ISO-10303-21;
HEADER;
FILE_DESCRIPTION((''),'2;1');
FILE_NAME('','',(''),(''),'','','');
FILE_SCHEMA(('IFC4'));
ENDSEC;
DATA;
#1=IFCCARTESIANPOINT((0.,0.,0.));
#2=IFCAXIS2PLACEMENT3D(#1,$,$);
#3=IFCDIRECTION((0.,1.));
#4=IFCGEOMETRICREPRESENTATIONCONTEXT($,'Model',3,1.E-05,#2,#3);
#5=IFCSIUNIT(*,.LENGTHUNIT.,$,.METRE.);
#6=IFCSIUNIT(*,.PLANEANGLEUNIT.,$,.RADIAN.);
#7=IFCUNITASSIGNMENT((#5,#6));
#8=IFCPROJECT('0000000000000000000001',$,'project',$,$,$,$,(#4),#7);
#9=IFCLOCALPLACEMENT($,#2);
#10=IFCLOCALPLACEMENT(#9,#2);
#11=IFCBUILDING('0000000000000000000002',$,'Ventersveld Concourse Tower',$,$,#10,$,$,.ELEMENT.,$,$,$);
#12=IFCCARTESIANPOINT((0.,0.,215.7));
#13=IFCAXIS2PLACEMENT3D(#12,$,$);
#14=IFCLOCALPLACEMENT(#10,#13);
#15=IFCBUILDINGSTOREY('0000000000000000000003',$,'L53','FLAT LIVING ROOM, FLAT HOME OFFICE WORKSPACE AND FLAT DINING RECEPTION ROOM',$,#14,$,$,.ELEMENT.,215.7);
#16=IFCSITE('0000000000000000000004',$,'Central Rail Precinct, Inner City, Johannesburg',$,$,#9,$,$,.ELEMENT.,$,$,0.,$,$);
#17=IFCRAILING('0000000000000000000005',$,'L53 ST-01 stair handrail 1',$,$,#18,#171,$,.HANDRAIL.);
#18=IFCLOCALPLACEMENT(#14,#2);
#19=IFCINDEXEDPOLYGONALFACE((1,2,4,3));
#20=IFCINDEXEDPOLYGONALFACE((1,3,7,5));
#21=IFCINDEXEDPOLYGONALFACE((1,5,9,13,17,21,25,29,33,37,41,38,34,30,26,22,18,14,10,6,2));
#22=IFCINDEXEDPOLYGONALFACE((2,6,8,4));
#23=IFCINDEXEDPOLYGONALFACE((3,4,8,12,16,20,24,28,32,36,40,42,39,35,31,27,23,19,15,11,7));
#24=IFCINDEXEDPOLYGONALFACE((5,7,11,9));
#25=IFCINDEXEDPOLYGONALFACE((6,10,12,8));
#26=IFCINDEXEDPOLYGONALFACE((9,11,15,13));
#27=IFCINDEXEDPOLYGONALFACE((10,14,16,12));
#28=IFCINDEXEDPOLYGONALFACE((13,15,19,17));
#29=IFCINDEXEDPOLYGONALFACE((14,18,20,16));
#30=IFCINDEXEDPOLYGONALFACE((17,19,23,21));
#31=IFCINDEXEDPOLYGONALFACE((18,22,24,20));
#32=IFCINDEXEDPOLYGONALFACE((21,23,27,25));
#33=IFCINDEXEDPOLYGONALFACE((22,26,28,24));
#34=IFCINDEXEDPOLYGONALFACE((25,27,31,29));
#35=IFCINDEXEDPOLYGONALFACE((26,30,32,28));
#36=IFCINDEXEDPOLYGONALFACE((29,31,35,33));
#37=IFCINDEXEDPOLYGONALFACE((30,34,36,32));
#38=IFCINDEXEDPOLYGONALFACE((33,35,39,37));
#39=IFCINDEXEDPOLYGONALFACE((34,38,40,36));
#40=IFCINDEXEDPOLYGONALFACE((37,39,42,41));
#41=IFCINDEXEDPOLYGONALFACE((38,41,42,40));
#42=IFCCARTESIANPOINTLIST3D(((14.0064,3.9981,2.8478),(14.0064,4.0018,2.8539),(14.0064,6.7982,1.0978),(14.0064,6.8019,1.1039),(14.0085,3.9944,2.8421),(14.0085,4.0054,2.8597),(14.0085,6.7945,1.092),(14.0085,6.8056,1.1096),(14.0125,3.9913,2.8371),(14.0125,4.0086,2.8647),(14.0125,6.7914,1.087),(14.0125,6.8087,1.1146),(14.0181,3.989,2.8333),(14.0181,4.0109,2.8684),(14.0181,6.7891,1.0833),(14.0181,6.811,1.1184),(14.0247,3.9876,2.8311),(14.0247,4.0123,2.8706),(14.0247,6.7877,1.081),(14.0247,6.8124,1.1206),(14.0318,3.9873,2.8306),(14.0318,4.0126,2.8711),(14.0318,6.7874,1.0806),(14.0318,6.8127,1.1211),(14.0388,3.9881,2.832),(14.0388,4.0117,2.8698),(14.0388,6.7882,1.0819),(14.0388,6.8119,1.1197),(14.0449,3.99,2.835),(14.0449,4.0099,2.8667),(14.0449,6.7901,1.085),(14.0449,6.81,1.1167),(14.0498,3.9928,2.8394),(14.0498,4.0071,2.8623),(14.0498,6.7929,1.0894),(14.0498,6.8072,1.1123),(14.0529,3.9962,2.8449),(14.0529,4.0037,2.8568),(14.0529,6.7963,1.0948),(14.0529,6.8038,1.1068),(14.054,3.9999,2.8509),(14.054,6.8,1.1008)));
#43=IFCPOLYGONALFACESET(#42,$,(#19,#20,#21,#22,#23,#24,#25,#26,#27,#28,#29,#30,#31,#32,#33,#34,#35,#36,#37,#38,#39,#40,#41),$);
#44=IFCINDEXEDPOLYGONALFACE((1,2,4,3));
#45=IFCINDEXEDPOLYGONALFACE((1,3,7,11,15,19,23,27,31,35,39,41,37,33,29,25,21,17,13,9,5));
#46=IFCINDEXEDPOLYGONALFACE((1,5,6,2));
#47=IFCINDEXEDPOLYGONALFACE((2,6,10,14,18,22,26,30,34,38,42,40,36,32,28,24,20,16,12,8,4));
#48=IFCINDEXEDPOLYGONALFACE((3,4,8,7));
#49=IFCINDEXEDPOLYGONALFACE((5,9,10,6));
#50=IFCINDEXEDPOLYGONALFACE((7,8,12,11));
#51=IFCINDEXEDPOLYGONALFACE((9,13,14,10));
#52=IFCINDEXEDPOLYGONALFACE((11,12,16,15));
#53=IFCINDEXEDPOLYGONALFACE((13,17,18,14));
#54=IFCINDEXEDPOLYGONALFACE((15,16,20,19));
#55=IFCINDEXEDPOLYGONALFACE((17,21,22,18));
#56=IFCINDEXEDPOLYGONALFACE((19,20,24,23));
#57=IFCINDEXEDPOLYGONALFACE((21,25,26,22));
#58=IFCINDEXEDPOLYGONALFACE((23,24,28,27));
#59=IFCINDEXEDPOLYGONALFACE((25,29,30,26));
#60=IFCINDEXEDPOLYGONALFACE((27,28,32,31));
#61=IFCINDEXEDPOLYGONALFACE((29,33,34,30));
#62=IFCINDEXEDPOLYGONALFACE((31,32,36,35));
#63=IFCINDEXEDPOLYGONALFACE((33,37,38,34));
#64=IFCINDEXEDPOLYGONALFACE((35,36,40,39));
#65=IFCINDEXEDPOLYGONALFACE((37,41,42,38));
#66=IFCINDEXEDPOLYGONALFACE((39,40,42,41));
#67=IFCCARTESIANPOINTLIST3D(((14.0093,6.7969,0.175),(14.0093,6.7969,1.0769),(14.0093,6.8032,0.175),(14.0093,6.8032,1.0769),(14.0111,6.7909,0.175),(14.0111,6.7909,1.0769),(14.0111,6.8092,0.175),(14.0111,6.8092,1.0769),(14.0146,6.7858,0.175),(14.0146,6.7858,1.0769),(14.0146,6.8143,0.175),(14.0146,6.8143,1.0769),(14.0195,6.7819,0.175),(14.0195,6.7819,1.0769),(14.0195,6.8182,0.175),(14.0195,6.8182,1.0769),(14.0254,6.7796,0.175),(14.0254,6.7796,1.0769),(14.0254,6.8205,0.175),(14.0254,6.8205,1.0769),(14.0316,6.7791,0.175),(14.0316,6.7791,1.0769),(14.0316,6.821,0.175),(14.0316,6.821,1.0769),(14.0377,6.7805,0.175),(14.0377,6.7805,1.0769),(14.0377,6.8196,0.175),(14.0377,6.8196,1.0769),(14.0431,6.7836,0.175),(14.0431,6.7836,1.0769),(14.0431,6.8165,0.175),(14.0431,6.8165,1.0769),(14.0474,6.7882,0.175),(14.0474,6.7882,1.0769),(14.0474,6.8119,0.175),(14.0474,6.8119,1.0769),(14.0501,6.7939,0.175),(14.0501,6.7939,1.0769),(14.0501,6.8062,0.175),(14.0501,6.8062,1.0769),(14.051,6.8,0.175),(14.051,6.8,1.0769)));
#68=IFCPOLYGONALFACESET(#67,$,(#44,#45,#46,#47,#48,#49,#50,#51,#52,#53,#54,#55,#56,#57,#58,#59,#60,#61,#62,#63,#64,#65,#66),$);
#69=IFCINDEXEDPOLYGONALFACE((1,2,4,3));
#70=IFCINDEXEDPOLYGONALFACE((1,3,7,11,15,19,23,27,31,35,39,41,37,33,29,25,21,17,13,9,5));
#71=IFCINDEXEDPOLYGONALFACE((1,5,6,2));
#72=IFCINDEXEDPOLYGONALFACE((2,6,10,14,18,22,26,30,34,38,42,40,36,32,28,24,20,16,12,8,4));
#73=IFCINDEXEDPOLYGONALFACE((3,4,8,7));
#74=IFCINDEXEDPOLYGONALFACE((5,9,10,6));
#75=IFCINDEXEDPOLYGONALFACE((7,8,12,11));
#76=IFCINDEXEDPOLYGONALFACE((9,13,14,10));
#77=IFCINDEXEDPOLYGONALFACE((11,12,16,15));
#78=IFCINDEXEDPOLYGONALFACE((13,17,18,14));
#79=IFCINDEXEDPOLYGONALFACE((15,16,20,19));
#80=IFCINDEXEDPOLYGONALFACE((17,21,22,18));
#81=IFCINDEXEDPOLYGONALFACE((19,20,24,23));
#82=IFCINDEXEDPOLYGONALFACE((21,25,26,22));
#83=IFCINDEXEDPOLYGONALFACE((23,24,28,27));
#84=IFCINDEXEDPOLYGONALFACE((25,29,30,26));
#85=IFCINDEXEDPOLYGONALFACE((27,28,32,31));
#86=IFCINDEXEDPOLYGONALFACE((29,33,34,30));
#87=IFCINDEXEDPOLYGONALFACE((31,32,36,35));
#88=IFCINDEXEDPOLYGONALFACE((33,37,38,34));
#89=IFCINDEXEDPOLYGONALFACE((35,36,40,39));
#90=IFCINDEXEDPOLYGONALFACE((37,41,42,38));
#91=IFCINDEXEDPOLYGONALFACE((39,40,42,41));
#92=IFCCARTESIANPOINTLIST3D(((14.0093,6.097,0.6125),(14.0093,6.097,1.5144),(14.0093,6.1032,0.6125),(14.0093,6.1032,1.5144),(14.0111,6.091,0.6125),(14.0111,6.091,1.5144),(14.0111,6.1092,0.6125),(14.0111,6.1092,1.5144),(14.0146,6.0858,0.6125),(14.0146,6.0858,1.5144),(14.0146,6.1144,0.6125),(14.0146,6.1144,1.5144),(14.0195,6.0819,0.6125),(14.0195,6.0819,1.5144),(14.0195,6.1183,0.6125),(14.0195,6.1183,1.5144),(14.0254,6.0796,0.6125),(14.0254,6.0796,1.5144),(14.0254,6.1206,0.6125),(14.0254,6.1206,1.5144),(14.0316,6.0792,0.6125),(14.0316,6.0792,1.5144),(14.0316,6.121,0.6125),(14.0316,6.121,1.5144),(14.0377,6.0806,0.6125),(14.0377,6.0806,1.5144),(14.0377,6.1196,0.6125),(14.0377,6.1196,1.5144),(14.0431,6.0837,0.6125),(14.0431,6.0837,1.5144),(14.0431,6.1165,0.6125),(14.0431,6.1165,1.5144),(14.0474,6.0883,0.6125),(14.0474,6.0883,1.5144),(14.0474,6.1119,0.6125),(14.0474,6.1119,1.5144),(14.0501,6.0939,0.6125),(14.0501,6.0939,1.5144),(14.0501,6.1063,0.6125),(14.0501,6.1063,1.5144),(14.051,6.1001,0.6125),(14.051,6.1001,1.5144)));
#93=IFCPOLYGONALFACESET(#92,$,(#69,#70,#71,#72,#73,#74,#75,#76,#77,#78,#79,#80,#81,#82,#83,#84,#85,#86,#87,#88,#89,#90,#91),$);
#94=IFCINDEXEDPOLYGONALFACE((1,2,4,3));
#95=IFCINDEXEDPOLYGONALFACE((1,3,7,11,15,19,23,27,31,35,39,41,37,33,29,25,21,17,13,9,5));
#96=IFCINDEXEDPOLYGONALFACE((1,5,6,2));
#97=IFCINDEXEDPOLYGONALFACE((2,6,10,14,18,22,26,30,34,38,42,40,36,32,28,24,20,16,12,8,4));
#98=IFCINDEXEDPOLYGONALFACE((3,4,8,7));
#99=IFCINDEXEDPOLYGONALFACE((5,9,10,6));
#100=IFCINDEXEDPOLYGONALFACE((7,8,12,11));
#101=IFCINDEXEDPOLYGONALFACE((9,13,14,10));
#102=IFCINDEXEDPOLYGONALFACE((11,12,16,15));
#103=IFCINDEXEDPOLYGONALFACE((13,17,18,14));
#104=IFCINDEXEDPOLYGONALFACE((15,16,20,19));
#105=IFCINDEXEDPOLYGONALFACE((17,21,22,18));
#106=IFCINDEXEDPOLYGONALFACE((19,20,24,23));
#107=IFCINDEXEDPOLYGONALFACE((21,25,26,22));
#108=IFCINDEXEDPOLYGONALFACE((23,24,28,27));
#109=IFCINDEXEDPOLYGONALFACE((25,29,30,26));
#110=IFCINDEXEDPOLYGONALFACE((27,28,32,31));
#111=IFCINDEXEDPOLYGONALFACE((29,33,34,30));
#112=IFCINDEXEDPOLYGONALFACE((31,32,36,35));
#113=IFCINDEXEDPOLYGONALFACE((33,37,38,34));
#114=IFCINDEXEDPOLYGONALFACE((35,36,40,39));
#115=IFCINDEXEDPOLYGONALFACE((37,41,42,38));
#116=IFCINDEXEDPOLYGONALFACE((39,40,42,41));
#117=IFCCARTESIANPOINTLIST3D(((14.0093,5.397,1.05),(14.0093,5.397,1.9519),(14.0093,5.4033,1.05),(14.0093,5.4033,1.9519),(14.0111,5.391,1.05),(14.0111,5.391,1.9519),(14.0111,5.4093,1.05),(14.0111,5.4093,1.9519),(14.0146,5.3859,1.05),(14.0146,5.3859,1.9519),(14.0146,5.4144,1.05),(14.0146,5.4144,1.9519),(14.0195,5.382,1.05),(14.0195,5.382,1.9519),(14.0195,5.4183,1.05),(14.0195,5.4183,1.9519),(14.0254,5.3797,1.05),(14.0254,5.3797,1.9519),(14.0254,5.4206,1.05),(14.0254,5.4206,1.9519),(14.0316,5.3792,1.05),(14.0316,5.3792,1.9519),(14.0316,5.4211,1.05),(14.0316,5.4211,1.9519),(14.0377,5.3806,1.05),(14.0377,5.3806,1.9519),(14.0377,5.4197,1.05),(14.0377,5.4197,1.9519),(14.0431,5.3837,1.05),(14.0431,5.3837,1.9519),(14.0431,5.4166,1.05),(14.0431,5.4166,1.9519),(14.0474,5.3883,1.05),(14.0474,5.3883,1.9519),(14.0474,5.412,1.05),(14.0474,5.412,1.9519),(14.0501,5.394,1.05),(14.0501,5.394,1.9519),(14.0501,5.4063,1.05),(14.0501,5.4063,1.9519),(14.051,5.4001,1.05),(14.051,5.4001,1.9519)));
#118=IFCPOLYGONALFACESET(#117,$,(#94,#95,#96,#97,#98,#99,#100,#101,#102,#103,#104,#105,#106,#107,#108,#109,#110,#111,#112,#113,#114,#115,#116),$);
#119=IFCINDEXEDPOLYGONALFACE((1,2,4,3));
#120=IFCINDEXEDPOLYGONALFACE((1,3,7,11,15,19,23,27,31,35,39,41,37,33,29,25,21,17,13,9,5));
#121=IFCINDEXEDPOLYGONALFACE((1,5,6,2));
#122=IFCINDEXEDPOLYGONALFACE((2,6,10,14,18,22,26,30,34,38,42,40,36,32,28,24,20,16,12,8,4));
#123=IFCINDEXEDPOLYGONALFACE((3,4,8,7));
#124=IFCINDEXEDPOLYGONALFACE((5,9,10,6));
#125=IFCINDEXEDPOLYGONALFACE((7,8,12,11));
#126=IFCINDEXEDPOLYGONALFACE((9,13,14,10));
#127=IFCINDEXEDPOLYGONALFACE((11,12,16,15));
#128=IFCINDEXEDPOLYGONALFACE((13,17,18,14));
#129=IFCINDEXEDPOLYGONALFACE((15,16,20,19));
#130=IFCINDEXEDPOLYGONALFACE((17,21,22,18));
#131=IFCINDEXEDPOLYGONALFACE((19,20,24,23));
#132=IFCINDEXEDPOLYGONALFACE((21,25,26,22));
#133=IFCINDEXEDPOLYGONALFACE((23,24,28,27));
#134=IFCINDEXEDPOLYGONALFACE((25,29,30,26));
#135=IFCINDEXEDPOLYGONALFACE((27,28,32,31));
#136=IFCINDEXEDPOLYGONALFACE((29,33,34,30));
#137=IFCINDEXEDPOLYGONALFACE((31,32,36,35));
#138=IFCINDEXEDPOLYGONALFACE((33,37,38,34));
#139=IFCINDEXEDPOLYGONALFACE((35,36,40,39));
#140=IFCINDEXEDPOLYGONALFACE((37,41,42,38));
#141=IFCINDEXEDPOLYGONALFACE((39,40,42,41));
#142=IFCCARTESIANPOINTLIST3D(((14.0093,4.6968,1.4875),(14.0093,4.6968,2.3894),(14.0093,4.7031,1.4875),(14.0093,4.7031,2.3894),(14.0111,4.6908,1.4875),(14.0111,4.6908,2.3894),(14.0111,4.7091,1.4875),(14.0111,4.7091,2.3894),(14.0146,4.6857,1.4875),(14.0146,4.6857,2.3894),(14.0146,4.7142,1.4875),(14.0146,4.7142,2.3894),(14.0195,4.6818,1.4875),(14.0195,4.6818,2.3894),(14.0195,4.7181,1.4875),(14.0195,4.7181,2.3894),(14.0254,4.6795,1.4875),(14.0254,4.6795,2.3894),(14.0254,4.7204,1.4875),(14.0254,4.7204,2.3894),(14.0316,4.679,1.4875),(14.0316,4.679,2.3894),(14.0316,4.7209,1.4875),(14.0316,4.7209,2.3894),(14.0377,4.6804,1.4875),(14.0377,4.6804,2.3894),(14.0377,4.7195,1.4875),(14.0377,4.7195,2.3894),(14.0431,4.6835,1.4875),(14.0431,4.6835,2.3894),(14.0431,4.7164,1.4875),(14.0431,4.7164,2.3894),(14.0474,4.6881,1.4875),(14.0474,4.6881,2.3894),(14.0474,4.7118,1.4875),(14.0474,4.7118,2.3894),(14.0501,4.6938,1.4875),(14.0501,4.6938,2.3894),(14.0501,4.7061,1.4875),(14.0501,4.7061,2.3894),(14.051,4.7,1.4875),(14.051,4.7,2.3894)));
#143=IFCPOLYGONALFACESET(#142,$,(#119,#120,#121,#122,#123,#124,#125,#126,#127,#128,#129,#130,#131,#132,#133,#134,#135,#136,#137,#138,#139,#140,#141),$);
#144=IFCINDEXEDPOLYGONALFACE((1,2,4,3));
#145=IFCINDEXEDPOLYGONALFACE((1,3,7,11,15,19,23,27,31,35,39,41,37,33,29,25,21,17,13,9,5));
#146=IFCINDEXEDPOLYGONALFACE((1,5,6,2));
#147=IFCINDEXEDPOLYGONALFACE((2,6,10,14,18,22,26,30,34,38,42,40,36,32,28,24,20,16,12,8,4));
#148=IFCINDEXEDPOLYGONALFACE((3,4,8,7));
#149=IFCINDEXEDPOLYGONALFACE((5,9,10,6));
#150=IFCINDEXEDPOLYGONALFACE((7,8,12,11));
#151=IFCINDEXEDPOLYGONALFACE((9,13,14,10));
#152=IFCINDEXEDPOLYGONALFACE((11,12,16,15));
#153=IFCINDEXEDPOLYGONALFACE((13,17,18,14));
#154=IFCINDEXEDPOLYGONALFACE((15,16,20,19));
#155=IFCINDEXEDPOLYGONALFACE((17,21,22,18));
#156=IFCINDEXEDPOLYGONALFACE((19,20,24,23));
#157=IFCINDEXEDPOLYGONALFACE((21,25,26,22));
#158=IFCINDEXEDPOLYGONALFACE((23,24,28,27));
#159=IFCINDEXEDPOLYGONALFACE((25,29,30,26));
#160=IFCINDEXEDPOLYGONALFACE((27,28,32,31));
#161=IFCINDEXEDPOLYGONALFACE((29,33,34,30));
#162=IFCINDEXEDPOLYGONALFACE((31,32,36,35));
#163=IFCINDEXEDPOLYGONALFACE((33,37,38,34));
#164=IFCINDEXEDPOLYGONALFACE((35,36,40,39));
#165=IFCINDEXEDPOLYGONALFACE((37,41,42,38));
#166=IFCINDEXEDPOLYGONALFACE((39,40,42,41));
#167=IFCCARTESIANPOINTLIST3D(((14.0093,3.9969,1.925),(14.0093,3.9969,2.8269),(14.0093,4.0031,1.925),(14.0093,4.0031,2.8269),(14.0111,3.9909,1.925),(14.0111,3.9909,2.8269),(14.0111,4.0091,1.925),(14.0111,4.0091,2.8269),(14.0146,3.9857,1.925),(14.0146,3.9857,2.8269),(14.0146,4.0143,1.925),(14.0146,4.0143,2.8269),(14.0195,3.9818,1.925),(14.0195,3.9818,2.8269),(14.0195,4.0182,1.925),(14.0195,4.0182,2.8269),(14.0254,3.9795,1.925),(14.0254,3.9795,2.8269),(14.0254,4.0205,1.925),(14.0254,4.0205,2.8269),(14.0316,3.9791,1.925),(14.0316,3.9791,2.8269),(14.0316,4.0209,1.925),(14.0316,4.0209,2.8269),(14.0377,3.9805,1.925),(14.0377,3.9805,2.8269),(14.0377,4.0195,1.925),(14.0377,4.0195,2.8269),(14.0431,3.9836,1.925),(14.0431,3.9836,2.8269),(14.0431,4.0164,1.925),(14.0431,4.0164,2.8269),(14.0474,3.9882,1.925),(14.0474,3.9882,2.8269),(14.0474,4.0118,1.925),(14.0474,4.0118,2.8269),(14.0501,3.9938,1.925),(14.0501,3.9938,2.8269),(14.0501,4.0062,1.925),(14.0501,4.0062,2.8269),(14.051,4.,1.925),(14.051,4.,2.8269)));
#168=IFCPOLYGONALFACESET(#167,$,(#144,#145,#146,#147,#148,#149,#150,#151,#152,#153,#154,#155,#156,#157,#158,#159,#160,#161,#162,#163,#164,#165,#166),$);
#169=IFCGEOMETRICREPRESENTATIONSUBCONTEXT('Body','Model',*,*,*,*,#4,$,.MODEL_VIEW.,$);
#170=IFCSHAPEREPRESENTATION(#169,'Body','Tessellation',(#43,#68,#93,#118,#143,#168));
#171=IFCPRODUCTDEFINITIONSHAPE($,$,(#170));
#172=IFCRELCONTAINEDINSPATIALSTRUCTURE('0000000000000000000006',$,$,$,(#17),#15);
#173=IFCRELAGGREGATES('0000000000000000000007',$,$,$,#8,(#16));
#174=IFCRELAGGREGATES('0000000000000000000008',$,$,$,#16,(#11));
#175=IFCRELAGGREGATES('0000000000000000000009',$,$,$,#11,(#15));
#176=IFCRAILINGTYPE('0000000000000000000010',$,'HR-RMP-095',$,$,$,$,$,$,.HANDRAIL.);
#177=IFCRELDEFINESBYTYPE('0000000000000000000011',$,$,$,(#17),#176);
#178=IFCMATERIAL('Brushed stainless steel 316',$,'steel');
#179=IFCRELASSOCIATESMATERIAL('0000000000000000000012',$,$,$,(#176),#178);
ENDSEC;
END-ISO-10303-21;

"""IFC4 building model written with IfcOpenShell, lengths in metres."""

from ifc_helpers import new_model, si_unit, direction, frame, origin, origin_2d, place, context, subcontext, project, spatial, circle, extrude, material, type_object, element, save


model = new_model("IFC4")

# Units and contexts
model_context = context("Model", 3, precision=1e-05, world=origin(), true_north=direction((0.0, 1.0)))
body_context = subcontext(model_context, "Body", "Model", "MODEL_VIEW")
ifc_project = project(units=[si_unit("LENGTHUNIT", "METRE"), si_unit("PLANEANGLEUNIT", "RADIAN")], contexts=[model_context])

# Site, building, storey
site_placement = place(None, origin())
site = spatial("IfcSite", under=ifc_project, at=site_placement, Name="Central Rail Precinct, Inner City, Johannesburg", CompositionType="ELEMENT", RefElevation=0.0)
building_placement = place(site_placement, origin())
building = spatial("IfcBuilding", under=site, at=building_placement, Name="Ventersveld Concourse Tower", CompositionType="ELEMENT")
storey_placement = place(building_placement, frame((0.0, 0.0, 215.7)))
storey = spatial("IfcBuildingStorey", under=building, at=storey_placement, Name="L53", Description="FLAT LIVING ROOM, FLAT HOME OFFICE WORKSPACE AND FLAT DINING RECEPTION ROOM", CompositionType="ELEMENT", Elevation=215.7)

# Railing
ifc_material_1 = material(Name="Brushed stainless steel 316", Category="steel")
railing_type_1 = type_object("IfcRailingType", Name="HR-RMP-095", PredefinedType="HANDRAIL", material=ifc_material_1)
railing_1_placement = place(storey_placement, frame((14.03, 6.8, 0.175)))
element("IfcRailing", 1, at=railing_1_placement, inside=storey, type_object=railing_type_1, Name="L53 ST-01 stair handrail 1", PredefinedType="HANDRAIL", context=body_context, shape_type="SweptSolid", body=[
    extrude(circle(Radius=0.0239, at=origin_2d()), frame((0.0, 0.0, 0.9258), z_axis=(0.0, -0.848002, 0.529992), x_axis=(1.0, 0.0, 0.0)), (0.0, 0.0, 1.0), 3.302),
    extrude(circle(Radius=0.021, at=origin_2d()), origin(), (0.0, 0.0, 1.0), 0.9019),
    extrude(circle(Radius=0.021, at=origin_2d()), frame((0.0, -0.7, 0.4375)), (0.0, 0.0, 1.0), 0.9019),
    extrude(circle(Radius=0.021, at=origin_2d()), frame((0.0, -1.3999, 0.875)), (0.0, 0.0, 1.0), 0.9019),
    extrude(circle(Radius=0.021, at=origin_2d()), frame((0.0, -2.1001, 1.3125)), (0.0, 0.0, 1.0), 0.9019),
    extrude(circle(Radius=0.021, at=origin_2d()), frame((0.0, -2.8, 1.75)), (0.0, 0.0, 1.0), 0.9019),
])

save(model, "model.ifc")
